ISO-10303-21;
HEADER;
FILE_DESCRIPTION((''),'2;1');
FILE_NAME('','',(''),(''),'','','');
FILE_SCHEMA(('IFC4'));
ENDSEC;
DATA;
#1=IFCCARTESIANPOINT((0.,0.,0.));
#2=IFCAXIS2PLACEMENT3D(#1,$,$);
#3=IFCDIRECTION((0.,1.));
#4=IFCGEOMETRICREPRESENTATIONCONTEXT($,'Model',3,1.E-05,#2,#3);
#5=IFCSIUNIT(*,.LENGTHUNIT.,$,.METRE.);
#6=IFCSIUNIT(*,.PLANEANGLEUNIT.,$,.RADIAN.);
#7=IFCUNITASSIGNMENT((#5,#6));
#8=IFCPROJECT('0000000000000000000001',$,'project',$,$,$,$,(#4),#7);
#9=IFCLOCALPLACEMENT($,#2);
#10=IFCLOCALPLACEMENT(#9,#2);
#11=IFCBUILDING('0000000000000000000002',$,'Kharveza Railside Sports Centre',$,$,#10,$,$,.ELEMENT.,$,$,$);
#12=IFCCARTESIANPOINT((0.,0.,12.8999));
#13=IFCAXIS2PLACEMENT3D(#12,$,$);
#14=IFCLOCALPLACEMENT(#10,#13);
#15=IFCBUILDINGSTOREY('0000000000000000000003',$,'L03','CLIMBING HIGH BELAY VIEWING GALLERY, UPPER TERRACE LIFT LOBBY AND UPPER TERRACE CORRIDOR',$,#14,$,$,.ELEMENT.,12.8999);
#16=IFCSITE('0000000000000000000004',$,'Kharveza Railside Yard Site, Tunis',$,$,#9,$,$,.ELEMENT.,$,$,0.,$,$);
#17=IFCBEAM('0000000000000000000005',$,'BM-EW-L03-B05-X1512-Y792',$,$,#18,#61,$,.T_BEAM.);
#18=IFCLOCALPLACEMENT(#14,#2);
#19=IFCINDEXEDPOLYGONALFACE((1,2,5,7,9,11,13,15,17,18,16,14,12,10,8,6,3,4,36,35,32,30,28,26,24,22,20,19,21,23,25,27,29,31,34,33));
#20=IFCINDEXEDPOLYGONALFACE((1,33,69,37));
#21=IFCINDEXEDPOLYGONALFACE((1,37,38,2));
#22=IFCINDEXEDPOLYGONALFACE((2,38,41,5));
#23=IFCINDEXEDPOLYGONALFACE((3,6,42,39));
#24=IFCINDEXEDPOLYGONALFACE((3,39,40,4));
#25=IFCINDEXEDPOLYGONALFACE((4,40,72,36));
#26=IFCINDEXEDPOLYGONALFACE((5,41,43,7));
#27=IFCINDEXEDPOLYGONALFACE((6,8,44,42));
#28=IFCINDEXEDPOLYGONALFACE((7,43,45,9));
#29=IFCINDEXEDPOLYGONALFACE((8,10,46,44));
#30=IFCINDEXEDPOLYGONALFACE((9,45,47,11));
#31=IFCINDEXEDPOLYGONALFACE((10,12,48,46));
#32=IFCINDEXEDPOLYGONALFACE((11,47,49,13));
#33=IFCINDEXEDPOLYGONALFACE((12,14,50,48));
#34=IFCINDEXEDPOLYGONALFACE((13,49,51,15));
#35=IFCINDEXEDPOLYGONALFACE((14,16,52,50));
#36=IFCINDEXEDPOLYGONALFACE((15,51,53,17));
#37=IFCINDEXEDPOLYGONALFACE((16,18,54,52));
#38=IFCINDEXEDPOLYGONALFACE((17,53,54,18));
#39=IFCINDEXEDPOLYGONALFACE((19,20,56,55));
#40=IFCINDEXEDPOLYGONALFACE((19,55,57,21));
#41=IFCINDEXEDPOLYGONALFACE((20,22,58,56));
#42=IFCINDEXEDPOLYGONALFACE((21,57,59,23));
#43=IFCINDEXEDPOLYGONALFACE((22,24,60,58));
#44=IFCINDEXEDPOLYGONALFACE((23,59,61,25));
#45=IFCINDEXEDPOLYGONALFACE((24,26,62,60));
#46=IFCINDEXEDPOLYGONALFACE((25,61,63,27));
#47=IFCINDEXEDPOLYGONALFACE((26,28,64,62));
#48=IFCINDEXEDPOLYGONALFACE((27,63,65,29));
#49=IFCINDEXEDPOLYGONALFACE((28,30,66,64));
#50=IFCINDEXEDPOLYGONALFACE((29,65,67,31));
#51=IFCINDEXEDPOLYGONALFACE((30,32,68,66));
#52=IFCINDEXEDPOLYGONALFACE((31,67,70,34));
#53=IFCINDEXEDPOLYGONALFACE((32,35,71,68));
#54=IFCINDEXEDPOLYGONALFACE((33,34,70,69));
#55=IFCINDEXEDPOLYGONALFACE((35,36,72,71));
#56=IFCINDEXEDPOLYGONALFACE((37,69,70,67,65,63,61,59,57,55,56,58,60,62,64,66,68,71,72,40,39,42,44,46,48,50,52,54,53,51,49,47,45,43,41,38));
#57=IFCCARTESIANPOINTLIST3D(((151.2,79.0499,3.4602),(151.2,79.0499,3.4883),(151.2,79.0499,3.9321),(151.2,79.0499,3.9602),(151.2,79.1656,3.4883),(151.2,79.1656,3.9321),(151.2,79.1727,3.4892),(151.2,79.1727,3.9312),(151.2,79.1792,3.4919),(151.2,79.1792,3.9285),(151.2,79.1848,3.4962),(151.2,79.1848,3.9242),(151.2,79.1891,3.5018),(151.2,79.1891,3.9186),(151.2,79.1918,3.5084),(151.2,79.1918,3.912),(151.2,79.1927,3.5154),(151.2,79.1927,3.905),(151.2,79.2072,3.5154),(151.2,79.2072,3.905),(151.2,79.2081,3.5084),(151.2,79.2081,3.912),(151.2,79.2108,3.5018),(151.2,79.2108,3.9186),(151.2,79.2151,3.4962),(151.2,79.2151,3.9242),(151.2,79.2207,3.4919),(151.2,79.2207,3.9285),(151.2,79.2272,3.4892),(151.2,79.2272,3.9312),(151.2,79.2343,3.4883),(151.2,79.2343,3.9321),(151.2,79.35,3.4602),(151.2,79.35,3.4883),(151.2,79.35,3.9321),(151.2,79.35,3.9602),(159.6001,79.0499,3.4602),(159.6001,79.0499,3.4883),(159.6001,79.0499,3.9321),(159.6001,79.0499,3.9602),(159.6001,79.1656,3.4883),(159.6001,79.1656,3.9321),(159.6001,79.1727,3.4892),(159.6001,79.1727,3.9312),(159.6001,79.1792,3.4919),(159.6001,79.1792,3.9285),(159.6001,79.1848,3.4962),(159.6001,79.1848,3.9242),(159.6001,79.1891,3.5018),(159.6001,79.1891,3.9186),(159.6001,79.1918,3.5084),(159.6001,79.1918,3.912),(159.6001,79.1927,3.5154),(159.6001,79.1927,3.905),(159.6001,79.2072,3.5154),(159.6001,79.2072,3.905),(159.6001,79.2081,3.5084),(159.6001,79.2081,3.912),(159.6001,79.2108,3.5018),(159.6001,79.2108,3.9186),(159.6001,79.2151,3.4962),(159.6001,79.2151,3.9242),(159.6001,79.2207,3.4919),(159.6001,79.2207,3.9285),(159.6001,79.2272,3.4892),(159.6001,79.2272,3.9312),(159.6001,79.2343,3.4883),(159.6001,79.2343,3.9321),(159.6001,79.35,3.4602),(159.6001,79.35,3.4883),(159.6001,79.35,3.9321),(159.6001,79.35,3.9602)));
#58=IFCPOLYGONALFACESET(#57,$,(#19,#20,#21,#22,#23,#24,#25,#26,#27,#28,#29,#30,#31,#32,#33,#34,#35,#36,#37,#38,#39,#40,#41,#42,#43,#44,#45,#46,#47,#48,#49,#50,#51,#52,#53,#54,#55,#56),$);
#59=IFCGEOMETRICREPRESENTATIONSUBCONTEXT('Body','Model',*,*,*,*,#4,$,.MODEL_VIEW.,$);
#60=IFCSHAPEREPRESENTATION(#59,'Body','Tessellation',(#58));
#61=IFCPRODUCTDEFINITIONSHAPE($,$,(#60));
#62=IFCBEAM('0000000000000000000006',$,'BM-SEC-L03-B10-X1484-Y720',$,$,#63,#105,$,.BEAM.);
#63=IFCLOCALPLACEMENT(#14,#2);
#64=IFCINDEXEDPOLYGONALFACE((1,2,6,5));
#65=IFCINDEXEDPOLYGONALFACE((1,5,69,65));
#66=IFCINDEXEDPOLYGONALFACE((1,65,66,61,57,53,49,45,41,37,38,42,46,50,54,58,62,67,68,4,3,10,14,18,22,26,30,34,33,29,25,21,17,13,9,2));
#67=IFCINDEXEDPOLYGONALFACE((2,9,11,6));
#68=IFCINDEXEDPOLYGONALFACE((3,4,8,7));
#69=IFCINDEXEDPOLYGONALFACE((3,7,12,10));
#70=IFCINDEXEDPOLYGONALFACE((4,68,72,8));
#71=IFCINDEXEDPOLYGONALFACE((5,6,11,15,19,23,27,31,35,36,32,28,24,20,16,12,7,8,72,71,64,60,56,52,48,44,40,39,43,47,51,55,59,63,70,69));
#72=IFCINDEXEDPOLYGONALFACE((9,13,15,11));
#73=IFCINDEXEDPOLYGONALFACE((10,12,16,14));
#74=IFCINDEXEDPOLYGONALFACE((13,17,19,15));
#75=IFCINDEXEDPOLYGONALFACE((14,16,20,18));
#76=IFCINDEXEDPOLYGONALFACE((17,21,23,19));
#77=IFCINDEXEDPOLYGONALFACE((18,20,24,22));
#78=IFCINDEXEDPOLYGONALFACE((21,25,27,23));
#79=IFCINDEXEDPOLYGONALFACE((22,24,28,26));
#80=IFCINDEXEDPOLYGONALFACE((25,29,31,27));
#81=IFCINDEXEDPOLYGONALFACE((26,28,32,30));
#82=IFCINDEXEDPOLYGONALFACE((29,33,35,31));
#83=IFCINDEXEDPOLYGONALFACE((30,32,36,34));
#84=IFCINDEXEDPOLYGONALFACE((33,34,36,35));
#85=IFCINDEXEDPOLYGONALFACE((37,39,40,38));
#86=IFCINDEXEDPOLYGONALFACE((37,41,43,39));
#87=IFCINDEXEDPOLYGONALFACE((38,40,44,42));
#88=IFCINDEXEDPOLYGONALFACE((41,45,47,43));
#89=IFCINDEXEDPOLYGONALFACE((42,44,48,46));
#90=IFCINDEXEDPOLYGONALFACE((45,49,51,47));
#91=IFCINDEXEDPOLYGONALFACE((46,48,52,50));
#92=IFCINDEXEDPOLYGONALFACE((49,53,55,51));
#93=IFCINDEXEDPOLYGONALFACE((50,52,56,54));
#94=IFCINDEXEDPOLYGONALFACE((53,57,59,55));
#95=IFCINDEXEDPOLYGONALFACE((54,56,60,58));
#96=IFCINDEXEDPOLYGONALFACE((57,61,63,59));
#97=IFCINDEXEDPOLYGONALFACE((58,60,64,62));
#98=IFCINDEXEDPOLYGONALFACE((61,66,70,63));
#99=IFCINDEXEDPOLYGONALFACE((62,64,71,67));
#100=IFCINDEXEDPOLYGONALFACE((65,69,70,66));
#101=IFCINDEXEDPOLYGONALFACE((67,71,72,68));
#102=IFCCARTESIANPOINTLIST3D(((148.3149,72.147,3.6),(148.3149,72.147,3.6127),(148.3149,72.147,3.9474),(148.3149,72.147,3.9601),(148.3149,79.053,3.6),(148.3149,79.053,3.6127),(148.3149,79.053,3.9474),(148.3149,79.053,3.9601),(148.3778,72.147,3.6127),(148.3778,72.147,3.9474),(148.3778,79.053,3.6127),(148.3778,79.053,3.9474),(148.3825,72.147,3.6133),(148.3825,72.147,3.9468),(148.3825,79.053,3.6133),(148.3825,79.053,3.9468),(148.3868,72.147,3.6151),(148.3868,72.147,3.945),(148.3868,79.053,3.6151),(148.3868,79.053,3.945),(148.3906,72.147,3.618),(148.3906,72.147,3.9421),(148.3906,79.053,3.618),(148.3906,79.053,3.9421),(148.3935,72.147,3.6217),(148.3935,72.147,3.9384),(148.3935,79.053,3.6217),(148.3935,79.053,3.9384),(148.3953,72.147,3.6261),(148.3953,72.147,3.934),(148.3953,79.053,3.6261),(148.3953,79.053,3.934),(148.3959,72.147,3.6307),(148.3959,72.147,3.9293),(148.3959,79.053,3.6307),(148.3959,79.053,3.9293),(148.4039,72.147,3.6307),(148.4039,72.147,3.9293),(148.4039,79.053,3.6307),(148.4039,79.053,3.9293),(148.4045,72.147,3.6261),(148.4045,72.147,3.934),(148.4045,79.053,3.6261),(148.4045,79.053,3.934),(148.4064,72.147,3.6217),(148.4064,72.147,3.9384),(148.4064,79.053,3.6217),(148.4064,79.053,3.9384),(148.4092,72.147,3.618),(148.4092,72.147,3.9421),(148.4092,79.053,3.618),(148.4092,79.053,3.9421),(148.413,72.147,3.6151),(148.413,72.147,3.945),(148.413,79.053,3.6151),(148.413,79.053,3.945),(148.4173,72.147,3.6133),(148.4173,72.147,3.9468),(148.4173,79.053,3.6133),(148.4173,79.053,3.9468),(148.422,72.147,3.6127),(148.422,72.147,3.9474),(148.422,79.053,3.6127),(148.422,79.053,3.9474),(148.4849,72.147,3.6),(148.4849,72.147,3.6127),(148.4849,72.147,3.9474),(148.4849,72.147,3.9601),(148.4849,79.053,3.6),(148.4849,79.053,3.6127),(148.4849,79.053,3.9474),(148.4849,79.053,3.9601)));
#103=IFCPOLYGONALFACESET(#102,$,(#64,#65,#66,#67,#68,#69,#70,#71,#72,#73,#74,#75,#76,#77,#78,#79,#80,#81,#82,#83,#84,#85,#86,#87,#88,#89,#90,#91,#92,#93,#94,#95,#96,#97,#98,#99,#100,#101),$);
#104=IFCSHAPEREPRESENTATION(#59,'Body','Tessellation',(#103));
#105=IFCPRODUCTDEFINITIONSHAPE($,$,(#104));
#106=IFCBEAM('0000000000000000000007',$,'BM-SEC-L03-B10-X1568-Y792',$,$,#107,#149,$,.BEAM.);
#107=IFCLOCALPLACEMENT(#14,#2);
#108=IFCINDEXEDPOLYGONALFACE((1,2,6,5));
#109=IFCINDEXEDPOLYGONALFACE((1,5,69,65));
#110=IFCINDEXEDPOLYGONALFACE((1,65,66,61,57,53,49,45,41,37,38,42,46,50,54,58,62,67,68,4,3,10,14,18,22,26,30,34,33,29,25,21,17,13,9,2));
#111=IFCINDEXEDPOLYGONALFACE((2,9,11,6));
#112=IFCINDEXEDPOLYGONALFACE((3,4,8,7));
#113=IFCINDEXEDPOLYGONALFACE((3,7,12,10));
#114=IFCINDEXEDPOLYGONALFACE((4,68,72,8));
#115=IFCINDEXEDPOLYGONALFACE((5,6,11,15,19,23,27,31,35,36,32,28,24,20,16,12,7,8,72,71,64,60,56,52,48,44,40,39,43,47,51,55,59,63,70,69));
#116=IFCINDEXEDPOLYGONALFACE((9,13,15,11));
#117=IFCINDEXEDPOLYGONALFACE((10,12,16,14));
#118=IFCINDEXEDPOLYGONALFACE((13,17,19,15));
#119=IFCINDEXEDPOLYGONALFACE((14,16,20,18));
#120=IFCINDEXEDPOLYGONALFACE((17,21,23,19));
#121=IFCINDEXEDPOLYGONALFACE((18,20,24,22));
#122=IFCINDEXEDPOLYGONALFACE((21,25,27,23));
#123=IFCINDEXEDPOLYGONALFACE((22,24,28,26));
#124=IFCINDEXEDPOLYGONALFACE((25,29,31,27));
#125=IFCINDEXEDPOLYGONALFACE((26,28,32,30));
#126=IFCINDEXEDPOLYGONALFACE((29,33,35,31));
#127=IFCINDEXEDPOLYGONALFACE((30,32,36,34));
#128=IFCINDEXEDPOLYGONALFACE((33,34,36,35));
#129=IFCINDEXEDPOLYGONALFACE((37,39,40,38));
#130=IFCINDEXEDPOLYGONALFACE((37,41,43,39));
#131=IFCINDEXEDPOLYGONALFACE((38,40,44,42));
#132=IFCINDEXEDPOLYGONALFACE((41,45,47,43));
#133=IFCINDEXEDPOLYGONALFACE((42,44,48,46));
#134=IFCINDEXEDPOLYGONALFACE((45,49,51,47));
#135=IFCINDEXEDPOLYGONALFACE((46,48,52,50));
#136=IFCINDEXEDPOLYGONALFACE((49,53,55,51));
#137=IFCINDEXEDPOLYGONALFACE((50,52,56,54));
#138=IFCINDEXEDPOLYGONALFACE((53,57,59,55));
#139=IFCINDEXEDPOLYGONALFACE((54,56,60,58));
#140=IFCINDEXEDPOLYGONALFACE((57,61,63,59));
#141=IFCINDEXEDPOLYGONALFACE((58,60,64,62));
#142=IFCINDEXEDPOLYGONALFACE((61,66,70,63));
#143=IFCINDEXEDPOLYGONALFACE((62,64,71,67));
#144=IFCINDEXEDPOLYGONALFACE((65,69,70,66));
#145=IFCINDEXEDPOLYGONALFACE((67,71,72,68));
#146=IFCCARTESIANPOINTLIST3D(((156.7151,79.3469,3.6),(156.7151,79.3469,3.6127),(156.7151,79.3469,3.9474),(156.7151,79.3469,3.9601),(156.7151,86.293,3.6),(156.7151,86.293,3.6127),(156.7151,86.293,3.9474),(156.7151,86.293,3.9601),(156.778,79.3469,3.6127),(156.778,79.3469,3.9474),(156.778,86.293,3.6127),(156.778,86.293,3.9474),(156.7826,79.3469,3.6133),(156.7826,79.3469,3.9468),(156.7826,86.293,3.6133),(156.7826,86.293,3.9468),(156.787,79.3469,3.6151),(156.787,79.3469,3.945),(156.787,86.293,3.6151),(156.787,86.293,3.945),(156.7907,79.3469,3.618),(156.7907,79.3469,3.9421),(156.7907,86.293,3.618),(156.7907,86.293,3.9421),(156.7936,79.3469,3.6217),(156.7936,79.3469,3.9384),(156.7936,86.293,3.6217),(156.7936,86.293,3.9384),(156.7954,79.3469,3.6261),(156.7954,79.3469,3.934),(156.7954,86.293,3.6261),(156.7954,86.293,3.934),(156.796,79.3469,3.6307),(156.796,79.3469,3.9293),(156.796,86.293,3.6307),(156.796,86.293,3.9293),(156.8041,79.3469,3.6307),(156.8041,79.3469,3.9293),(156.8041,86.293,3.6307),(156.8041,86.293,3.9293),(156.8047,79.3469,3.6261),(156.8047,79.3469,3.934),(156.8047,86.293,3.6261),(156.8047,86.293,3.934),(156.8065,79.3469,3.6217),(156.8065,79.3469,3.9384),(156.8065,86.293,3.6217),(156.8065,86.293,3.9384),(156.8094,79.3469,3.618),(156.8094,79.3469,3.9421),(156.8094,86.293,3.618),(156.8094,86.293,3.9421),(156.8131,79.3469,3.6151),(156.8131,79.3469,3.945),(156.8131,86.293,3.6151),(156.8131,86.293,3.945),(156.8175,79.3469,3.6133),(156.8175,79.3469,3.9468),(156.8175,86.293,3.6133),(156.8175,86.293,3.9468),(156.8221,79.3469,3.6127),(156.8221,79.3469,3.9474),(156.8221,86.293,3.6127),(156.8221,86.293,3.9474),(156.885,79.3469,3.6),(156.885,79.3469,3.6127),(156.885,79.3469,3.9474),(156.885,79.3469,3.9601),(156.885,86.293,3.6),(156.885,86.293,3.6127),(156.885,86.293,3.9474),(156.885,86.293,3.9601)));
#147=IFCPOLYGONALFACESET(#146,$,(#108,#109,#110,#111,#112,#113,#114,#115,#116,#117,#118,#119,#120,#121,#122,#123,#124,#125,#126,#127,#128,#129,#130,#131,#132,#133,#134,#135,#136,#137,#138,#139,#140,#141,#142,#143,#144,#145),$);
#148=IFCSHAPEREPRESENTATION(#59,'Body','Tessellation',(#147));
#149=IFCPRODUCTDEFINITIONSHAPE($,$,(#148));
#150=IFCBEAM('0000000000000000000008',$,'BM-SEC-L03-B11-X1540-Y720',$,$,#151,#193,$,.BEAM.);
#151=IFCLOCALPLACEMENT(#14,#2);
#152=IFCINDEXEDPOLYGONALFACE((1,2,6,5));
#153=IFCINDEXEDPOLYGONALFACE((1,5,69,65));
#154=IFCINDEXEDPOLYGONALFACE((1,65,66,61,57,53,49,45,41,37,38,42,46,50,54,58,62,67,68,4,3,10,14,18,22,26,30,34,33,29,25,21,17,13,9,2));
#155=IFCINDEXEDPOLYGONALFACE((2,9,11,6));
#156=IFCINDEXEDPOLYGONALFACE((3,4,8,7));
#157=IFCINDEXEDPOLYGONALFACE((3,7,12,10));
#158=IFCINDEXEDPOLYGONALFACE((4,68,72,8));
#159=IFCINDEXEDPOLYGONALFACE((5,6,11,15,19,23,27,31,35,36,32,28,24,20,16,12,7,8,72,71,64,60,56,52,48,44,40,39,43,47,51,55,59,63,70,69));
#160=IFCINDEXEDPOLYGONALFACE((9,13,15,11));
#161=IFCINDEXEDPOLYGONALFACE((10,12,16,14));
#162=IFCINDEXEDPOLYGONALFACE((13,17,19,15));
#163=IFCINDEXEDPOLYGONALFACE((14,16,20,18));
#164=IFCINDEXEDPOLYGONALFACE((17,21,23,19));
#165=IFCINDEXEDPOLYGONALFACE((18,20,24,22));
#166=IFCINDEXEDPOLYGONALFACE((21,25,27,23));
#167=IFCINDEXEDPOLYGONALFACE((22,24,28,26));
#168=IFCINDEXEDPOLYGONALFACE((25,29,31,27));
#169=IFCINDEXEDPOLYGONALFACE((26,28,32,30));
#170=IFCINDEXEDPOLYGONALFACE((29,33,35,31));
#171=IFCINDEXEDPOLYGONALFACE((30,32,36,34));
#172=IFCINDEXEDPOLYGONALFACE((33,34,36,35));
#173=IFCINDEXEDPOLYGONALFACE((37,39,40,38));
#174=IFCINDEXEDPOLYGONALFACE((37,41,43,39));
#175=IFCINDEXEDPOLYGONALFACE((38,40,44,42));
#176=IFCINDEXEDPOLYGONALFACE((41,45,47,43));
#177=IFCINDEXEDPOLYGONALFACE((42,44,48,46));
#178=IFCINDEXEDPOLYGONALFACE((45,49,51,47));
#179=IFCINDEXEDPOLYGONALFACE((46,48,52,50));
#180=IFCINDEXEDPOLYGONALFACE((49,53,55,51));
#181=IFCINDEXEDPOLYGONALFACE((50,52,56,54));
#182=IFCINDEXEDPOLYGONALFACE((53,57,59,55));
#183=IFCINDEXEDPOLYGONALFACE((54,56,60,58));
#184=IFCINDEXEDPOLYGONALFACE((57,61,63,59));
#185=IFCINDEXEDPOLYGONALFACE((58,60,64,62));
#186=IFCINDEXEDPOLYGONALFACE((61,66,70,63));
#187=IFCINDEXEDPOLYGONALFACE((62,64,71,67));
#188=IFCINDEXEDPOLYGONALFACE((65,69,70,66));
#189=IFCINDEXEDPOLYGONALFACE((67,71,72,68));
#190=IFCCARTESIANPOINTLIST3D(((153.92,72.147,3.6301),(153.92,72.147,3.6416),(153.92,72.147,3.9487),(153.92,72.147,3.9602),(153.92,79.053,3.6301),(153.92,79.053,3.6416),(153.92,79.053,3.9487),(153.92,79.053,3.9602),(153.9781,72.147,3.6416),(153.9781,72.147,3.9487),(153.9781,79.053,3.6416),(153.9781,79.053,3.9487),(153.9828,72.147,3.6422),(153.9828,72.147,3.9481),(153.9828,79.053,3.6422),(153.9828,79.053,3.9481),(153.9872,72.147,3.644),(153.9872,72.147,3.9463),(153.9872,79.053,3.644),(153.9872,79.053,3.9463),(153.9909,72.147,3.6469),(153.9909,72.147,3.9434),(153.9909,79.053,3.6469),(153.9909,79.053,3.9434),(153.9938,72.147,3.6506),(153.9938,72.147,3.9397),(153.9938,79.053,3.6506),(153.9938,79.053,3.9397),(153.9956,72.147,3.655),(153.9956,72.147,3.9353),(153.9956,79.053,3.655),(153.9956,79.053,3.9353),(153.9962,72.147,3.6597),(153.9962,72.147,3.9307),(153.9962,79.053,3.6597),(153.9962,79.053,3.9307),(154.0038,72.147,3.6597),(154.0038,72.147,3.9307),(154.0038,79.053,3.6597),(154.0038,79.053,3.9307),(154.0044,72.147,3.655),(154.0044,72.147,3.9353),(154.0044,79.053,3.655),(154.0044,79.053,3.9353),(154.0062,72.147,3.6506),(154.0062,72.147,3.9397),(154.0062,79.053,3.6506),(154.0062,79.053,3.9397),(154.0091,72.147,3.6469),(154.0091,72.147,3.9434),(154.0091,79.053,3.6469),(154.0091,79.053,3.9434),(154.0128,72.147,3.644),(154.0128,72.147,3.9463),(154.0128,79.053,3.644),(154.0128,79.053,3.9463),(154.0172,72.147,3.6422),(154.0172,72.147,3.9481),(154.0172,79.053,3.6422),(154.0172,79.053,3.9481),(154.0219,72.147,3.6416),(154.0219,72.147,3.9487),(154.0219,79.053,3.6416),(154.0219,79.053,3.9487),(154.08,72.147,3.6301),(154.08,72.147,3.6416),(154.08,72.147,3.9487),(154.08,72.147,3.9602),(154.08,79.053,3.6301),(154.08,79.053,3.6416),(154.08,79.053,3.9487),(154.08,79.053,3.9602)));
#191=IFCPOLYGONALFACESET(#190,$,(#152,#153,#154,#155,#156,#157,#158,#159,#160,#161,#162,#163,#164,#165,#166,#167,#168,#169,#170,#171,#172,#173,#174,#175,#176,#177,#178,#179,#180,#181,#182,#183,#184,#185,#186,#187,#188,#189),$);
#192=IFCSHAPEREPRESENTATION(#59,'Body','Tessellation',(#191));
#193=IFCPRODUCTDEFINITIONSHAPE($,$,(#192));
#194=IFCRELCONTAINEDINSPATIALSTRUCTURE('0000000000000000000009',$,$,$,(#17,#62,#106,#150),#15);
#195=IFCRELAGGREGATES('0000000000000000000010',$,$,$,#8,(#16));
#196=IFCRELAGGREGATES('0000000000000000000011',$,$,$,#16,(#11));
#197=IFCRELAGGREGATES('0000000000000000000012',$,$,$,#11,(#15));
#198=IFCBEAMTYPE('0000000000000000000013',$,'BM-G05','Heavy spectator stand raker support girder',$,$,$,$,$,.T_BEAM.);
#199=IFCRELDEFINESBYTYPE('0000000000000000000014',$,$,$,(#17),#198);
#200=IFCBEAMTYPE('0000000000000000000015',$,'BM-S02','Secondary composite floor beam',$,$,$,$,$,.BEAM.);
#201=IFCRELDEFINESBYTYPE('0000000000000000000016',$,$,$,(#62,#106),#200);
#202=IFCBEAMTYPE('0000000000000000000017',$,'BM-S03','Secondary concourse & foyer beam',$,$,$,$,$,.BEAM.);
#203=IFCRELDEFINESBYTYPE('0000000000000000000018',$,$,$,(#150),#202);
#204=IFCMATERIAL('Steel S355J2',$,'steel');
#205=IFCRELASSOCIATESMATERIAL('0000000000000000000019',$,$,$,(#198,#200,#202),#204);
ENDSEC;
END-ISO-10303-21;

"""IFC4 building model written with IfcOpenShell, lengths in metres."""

from ifc_helpers import new_model, si_unit, direction, frame, origin, origin_2d, place, context, subcontext, project, spatial, i_section, extrude, material, material_profile, profile_set, type_object, element, save


model = new_model("IFC4")

# Units and contexts
model_context = context("Model", 3, precision=1e-05, world=origin(), true_north=direction((0.0, 1.0)))
body_context = subcontext(model_context, "Body", "Model", "MODEL_VIEW")
ifc_project = project(units=[si_unit("LENGTHUNIT", "METRE"), si_unit("PLANEANGLEUNIT", "RADIAN")], contexts=[model_context])

# Site, building, storey
site_placement = place(None, origin())
site = spatial("IfcSite", under=ifc_project, at=site_placement, Name="Kharveza Railside Yard Site, Tunis", CompositionType="ELEMENT", RefElevation=0.0)
building_placement = place(site_placement, origin())
building = spatial("IfcBuilding", under=site, at=building_placement, Name="Kharveza Railside Sports Centre", CompositionType="ELEMENT")
storey_placement = place(building_placement, frame((0.0, 0.0, 12.8999)))
storey = spatial("IfcBuildingStorey", under=building, at=storey_placement, Name="L03", Description="CLIMBING HIGH BELAY VIEWING GALLERY, UPPER TERRACE LIFT LOBBY AND UPPER TERRACE CORRIDOR", CompositionType="ELEMENT", Elevation=12.8999)

# Shared definitions
ifc_material_1 = material(Name="Steel S355J2", Category="steel")

# Beams
ifc_material_profile_1 = material_profile(ifc_material_1, i_section(OverallWidth=0.3, OverallDepth=0.5, WebThickness=0.0144, FlangeThickness=0.0281, FilletRadius=0.0271, at=origin_2d()), Name="HEB 500")
ifc_profile_set_1 = profile_set([ifc_material_profile_1], Name="Steel S355J2")
beam_type_1 = type_object("IfcBeamType", Name="BM-G05", Description="Heavy spectator stand raker support girder", PredefinedType="T_BEAM", material=ifc_profile_set_1)
beam_1_placement = place(storey_placement, frame((151.2, 79.2, 3.7102), z_axis=(1.0, 0.0, 0.0), x_axis=(0.0, 1.0, 0.0)))
element("IfcBeam", 1, at=beam_1_placement, inside=storey, type_object=beam_type_1, Name="BM-EW-L03-B05-X1512-Y792", PredefinedType="T_BEAM", context=body_context, shape_type="SweptSolid", body=[
    extrude(i_section(OverallWidth=0.3, OverallDepth=0.5, WebThickness=0.0144, FlangeThickness=0.0281, FilletRadius=0.0271, at=origin_2d()), origin(), (0.0, 0.0, 1.0), 8.4001),
])
ifc_material_profile_2 = material_profile(ifc_material_1, i_section(OverallWidth=0.1699, OverallDepth=0.3601, WebThickness=0.0081, FlangeThickness=0.0127, FilletRadius=0.0181, at=origin_2d()), Name="IPE 360")
ifc_profile_set_2 = profile_set([ifc_material_profile_2], Name="Steel S355J2")
beam_type_2 = type_object("IfcBeamType", Name="BM-S02", Description="Secondary composite floor beam", PredefinedType="BEAM", material=ifc_profile_set_2)
beam_2_placement = place(storey_placement, frame((148.3999, 72.147, 3.78), z_axis=(0.0, 1.0, 0.0), x_axis=(-1.0, 0.0, 0.0)))
element("IfcBeam", 2, at=beam_2_placement, inside=storey, type_object=beam_type_2, Name="BM-SEC-L03-B10-X1484-Y720", PredefinedType="BEAM", context=body_context, shape_type="SweptSolid", body=[
    extrude(i_section(OverallWidth=0.1699, OverallDepth=0.3601, WebThickness=0.0081, FlangeThickness=0.0127, FilletRadius=0.0181, at=origin_2d()), origin(), (0.0, 0.0, 1.0), 6.906),
])
beam_3_placement = place(storey_placement, frame((156.8, 79.3469, 3.78), z_axis=(0.0, 1.0, 0.0), x_axis=(-1.0, 0.0, 0.0)))
element("IfcBeam", 3, at=beam_3_placement, inside=storey, type_object=beam_type_2, Name="BM-SEC-L03-B10-X1568-Y792", PredefinedType="BEAM", context=body_context, shape_type="SweptSolid", body=[
    extrude(i_section(OverallWidth=0.1699, OverallDepth=0.3601, WebThickness=0.0081, FlangeThickness=0.0127, FilletRadius=0.0181, at=origin_2d()), origin(), (0.0, 0.0, 1.0), 6.946),
])
ifc_material_profile_3 = material_profile(ifc_material_1, i_section(OverallWidth=0.1599, OverallDepth=0.3301, WebThickness=0.0076, FlangeThickness=0.0115, FilletRadius=0.0181, at=origin_2d()), Name="IPE 330")
ifc_profile_set_3 = profile_set([ifc_material_profile_3], Name="Steel S355J2")
beam_type_3 = type_object("IfcBeamType", Name="BM-S03", Description="Secondary concourse & foyer beam", PredefinedType="BEAM", material=ifc_profile_set_3)
beam_4_placement = place(storey_placement, frame((154.0, 72.147, 3.7952), z_axis=(0.0, 1.0, 0.0), x_axis=(-1.0, 0.0, 0.0)))
element("IfcBeam", 4, at=beam_4_placement, inside=storey, type_object=beam_type_3, Name="BM-SEC-L03-B11-X1540-Y720", PredefinedType="BEAM", context=body_context, shape_type="SweptSolid", body=[
    extrude(i_section(OverallWidth=0.1599, OverallDepth=0.3301, WebThickness=0.0076, FlangeThickness=0.0115, FilletRadius=0.0181, at=origin_2d()), origin(), (0.0, 0.0, 1.0), 6.906),
])

save(model, "model.ifc")
